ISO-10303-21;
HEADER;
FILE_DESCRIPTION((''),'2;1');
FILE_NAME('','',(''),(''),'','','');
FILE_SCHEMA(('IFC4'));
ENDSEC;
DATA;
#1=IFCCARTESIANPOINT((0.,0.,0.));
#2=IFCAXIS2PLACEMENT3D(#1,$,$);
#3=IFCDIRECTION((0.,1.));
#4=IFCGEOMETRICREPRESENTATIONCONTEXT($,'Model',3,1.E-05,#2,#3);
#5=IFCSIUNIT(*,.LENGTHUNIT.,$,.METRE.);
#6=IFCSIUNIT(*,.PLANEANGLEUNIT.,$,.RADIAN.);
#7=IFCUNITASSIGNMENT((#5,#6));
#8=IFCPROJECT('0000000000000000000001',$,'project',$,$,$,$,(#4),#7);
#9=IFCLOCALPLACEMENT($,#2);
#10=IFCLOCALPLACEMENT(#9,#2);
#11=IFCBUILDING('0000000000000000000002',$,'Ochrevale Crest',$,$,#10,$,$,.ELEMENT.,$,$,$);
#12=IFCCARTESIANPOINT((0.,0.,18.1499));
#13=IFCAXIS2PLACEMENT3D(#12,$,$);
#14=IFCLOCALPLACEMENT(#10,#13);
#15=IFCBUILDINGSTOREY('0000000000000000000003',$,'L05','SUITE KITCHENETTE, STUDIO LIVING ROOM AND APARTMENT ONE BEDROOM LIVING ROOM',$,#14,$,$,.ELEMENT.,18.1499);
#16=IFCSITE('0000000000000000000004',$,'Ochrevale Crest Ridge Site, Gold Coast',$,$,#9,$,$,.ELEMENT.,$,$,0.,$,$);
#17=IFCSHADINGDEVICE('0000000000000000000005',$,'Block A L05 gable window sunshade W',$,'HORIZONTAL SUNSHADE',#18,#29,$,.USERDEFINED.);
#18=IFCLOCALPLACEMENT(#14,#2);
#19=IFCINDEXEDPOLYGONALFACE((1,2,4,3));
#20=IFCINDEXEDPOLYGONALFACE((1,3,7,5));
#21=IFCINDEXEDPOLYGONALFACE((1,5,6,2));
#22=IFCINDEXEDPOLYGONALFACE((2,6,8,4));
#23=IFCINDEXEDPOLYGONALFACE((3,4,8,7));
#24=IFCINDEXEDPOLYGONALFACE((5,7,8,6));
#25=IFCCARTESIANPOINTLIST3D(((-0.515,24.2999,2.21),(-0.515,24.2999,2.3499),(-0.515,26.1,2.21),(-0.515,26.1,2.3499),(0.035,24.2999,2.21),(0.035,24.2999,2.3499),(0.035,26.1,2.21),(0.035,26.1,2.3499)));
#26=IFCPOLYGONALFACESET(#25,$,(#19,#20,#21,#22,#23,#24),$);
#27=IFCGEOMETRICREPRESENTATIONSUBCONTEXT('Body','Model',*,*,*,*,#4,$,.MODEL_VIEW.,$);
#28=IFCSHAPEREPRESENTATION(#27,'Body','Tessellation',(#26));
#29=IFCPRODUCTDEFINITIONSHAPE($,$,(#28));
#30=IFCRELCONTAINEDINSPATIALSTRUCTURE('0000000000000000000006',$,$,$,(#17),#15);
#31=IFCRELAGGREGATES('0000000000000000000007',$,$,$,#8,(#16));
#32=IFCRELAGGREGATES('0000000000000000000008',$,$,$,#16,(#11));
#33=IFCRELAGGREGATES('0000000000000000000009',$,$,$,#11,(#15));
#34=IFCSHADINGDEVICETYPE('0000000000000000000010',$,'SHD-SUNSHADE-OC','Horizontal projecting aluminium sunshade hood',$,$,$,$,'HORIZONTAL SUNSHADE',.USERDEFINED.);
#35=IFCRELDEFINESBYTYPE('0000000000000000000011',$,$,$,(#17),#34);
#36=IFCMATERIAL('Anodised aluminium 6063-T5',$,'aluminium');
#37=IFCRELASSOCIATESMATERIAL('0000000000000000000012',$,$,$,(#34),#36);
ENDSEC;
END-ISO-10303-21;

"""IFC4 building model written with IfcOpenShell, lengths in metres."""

from ifc_helpers import new_model, si_unit, direction, frame, origin, origin_2d, place, context, subcontext, project, spatial, rectangle, extrude, material, type_object, element, save


model = new_model("IFC4")

# Units and contexts
model_context = context("Model", 3, precision=1e-05, world=origin(), true_north=direction((0.0, 1.0)))
body_context = subcontext(model_context, "Body", "Model", "MODEL_VIEW")
ifc_project = project(units=[si_unit("LENGTHUNIT", "METRE"), si_unit("PLANEANGLEUNIT", "RADIAN")], contexts=[model_context])

# Site, building, storey
site_placement = place(None, origin())
site = spatial("IfcSite", under=ifc_project, at=site_placement, Name="Ochrevale Crest Ridge Site, Gold Coast", CompositionType="ELEMENT", RefElevation=0.0)
building_placement = place(site_placement, origin())
building = spatial("IfcBuilding", under=site, at=building_placement, Name="Ochrevale Crest", CompositionType="ELEMENT")
storey_placement = place(building_placement, frame((0.0, 0.0, 18.1499)))
storey = spatial("IfcBuildingStorey", under=building, at=storey_placement, Name="L05", Description="SUITE KITCHENETTE, STUDIO LIVING ROOM AND APARTMENT ONE BEDROOM LIVING ROOM", CompositionType="ELEMENT", Elevation=18.1499)

# Shared definitions
ifc_material_1 = material(Name="Anodised aluminium 6063-T5", Category="aluminium")

# Shading device
shading_device_type = type_object("IfcShadingDeviceType", Name="SHD-SUNSHADE-OC", Description="Horizontal projecting aluminium sunshade hood", ElementType="HORIZONTAL SUNSHADE", PredefinedType="USERDEFINED", material=ifc_material_1)
shading_device_placement = place(storey_placement, frame((-0.24, 25.2, 2.21), z_axis=(0.0, 0.0, 1.0), x_axis=(1.0, 0.0, 0.0)))
element("IfcShadingDevice", 1, at=shading_device_placement, inside=storey, type_object=shading_device_type, Name="Block A L05 gable window sunshade W", ObjectType="HORIZONTAL SUNSHADE", PredefinedType="USERDEFINED", context=body_context, shape_type="SweptSolid", body=[
    extrude(rectangle(XDim=0.55, YDim=1.8, at=origin_2d()), origin(), (0.0, 0.0, 1.0), 0.1399),
])

save(model, "model.ifc")
